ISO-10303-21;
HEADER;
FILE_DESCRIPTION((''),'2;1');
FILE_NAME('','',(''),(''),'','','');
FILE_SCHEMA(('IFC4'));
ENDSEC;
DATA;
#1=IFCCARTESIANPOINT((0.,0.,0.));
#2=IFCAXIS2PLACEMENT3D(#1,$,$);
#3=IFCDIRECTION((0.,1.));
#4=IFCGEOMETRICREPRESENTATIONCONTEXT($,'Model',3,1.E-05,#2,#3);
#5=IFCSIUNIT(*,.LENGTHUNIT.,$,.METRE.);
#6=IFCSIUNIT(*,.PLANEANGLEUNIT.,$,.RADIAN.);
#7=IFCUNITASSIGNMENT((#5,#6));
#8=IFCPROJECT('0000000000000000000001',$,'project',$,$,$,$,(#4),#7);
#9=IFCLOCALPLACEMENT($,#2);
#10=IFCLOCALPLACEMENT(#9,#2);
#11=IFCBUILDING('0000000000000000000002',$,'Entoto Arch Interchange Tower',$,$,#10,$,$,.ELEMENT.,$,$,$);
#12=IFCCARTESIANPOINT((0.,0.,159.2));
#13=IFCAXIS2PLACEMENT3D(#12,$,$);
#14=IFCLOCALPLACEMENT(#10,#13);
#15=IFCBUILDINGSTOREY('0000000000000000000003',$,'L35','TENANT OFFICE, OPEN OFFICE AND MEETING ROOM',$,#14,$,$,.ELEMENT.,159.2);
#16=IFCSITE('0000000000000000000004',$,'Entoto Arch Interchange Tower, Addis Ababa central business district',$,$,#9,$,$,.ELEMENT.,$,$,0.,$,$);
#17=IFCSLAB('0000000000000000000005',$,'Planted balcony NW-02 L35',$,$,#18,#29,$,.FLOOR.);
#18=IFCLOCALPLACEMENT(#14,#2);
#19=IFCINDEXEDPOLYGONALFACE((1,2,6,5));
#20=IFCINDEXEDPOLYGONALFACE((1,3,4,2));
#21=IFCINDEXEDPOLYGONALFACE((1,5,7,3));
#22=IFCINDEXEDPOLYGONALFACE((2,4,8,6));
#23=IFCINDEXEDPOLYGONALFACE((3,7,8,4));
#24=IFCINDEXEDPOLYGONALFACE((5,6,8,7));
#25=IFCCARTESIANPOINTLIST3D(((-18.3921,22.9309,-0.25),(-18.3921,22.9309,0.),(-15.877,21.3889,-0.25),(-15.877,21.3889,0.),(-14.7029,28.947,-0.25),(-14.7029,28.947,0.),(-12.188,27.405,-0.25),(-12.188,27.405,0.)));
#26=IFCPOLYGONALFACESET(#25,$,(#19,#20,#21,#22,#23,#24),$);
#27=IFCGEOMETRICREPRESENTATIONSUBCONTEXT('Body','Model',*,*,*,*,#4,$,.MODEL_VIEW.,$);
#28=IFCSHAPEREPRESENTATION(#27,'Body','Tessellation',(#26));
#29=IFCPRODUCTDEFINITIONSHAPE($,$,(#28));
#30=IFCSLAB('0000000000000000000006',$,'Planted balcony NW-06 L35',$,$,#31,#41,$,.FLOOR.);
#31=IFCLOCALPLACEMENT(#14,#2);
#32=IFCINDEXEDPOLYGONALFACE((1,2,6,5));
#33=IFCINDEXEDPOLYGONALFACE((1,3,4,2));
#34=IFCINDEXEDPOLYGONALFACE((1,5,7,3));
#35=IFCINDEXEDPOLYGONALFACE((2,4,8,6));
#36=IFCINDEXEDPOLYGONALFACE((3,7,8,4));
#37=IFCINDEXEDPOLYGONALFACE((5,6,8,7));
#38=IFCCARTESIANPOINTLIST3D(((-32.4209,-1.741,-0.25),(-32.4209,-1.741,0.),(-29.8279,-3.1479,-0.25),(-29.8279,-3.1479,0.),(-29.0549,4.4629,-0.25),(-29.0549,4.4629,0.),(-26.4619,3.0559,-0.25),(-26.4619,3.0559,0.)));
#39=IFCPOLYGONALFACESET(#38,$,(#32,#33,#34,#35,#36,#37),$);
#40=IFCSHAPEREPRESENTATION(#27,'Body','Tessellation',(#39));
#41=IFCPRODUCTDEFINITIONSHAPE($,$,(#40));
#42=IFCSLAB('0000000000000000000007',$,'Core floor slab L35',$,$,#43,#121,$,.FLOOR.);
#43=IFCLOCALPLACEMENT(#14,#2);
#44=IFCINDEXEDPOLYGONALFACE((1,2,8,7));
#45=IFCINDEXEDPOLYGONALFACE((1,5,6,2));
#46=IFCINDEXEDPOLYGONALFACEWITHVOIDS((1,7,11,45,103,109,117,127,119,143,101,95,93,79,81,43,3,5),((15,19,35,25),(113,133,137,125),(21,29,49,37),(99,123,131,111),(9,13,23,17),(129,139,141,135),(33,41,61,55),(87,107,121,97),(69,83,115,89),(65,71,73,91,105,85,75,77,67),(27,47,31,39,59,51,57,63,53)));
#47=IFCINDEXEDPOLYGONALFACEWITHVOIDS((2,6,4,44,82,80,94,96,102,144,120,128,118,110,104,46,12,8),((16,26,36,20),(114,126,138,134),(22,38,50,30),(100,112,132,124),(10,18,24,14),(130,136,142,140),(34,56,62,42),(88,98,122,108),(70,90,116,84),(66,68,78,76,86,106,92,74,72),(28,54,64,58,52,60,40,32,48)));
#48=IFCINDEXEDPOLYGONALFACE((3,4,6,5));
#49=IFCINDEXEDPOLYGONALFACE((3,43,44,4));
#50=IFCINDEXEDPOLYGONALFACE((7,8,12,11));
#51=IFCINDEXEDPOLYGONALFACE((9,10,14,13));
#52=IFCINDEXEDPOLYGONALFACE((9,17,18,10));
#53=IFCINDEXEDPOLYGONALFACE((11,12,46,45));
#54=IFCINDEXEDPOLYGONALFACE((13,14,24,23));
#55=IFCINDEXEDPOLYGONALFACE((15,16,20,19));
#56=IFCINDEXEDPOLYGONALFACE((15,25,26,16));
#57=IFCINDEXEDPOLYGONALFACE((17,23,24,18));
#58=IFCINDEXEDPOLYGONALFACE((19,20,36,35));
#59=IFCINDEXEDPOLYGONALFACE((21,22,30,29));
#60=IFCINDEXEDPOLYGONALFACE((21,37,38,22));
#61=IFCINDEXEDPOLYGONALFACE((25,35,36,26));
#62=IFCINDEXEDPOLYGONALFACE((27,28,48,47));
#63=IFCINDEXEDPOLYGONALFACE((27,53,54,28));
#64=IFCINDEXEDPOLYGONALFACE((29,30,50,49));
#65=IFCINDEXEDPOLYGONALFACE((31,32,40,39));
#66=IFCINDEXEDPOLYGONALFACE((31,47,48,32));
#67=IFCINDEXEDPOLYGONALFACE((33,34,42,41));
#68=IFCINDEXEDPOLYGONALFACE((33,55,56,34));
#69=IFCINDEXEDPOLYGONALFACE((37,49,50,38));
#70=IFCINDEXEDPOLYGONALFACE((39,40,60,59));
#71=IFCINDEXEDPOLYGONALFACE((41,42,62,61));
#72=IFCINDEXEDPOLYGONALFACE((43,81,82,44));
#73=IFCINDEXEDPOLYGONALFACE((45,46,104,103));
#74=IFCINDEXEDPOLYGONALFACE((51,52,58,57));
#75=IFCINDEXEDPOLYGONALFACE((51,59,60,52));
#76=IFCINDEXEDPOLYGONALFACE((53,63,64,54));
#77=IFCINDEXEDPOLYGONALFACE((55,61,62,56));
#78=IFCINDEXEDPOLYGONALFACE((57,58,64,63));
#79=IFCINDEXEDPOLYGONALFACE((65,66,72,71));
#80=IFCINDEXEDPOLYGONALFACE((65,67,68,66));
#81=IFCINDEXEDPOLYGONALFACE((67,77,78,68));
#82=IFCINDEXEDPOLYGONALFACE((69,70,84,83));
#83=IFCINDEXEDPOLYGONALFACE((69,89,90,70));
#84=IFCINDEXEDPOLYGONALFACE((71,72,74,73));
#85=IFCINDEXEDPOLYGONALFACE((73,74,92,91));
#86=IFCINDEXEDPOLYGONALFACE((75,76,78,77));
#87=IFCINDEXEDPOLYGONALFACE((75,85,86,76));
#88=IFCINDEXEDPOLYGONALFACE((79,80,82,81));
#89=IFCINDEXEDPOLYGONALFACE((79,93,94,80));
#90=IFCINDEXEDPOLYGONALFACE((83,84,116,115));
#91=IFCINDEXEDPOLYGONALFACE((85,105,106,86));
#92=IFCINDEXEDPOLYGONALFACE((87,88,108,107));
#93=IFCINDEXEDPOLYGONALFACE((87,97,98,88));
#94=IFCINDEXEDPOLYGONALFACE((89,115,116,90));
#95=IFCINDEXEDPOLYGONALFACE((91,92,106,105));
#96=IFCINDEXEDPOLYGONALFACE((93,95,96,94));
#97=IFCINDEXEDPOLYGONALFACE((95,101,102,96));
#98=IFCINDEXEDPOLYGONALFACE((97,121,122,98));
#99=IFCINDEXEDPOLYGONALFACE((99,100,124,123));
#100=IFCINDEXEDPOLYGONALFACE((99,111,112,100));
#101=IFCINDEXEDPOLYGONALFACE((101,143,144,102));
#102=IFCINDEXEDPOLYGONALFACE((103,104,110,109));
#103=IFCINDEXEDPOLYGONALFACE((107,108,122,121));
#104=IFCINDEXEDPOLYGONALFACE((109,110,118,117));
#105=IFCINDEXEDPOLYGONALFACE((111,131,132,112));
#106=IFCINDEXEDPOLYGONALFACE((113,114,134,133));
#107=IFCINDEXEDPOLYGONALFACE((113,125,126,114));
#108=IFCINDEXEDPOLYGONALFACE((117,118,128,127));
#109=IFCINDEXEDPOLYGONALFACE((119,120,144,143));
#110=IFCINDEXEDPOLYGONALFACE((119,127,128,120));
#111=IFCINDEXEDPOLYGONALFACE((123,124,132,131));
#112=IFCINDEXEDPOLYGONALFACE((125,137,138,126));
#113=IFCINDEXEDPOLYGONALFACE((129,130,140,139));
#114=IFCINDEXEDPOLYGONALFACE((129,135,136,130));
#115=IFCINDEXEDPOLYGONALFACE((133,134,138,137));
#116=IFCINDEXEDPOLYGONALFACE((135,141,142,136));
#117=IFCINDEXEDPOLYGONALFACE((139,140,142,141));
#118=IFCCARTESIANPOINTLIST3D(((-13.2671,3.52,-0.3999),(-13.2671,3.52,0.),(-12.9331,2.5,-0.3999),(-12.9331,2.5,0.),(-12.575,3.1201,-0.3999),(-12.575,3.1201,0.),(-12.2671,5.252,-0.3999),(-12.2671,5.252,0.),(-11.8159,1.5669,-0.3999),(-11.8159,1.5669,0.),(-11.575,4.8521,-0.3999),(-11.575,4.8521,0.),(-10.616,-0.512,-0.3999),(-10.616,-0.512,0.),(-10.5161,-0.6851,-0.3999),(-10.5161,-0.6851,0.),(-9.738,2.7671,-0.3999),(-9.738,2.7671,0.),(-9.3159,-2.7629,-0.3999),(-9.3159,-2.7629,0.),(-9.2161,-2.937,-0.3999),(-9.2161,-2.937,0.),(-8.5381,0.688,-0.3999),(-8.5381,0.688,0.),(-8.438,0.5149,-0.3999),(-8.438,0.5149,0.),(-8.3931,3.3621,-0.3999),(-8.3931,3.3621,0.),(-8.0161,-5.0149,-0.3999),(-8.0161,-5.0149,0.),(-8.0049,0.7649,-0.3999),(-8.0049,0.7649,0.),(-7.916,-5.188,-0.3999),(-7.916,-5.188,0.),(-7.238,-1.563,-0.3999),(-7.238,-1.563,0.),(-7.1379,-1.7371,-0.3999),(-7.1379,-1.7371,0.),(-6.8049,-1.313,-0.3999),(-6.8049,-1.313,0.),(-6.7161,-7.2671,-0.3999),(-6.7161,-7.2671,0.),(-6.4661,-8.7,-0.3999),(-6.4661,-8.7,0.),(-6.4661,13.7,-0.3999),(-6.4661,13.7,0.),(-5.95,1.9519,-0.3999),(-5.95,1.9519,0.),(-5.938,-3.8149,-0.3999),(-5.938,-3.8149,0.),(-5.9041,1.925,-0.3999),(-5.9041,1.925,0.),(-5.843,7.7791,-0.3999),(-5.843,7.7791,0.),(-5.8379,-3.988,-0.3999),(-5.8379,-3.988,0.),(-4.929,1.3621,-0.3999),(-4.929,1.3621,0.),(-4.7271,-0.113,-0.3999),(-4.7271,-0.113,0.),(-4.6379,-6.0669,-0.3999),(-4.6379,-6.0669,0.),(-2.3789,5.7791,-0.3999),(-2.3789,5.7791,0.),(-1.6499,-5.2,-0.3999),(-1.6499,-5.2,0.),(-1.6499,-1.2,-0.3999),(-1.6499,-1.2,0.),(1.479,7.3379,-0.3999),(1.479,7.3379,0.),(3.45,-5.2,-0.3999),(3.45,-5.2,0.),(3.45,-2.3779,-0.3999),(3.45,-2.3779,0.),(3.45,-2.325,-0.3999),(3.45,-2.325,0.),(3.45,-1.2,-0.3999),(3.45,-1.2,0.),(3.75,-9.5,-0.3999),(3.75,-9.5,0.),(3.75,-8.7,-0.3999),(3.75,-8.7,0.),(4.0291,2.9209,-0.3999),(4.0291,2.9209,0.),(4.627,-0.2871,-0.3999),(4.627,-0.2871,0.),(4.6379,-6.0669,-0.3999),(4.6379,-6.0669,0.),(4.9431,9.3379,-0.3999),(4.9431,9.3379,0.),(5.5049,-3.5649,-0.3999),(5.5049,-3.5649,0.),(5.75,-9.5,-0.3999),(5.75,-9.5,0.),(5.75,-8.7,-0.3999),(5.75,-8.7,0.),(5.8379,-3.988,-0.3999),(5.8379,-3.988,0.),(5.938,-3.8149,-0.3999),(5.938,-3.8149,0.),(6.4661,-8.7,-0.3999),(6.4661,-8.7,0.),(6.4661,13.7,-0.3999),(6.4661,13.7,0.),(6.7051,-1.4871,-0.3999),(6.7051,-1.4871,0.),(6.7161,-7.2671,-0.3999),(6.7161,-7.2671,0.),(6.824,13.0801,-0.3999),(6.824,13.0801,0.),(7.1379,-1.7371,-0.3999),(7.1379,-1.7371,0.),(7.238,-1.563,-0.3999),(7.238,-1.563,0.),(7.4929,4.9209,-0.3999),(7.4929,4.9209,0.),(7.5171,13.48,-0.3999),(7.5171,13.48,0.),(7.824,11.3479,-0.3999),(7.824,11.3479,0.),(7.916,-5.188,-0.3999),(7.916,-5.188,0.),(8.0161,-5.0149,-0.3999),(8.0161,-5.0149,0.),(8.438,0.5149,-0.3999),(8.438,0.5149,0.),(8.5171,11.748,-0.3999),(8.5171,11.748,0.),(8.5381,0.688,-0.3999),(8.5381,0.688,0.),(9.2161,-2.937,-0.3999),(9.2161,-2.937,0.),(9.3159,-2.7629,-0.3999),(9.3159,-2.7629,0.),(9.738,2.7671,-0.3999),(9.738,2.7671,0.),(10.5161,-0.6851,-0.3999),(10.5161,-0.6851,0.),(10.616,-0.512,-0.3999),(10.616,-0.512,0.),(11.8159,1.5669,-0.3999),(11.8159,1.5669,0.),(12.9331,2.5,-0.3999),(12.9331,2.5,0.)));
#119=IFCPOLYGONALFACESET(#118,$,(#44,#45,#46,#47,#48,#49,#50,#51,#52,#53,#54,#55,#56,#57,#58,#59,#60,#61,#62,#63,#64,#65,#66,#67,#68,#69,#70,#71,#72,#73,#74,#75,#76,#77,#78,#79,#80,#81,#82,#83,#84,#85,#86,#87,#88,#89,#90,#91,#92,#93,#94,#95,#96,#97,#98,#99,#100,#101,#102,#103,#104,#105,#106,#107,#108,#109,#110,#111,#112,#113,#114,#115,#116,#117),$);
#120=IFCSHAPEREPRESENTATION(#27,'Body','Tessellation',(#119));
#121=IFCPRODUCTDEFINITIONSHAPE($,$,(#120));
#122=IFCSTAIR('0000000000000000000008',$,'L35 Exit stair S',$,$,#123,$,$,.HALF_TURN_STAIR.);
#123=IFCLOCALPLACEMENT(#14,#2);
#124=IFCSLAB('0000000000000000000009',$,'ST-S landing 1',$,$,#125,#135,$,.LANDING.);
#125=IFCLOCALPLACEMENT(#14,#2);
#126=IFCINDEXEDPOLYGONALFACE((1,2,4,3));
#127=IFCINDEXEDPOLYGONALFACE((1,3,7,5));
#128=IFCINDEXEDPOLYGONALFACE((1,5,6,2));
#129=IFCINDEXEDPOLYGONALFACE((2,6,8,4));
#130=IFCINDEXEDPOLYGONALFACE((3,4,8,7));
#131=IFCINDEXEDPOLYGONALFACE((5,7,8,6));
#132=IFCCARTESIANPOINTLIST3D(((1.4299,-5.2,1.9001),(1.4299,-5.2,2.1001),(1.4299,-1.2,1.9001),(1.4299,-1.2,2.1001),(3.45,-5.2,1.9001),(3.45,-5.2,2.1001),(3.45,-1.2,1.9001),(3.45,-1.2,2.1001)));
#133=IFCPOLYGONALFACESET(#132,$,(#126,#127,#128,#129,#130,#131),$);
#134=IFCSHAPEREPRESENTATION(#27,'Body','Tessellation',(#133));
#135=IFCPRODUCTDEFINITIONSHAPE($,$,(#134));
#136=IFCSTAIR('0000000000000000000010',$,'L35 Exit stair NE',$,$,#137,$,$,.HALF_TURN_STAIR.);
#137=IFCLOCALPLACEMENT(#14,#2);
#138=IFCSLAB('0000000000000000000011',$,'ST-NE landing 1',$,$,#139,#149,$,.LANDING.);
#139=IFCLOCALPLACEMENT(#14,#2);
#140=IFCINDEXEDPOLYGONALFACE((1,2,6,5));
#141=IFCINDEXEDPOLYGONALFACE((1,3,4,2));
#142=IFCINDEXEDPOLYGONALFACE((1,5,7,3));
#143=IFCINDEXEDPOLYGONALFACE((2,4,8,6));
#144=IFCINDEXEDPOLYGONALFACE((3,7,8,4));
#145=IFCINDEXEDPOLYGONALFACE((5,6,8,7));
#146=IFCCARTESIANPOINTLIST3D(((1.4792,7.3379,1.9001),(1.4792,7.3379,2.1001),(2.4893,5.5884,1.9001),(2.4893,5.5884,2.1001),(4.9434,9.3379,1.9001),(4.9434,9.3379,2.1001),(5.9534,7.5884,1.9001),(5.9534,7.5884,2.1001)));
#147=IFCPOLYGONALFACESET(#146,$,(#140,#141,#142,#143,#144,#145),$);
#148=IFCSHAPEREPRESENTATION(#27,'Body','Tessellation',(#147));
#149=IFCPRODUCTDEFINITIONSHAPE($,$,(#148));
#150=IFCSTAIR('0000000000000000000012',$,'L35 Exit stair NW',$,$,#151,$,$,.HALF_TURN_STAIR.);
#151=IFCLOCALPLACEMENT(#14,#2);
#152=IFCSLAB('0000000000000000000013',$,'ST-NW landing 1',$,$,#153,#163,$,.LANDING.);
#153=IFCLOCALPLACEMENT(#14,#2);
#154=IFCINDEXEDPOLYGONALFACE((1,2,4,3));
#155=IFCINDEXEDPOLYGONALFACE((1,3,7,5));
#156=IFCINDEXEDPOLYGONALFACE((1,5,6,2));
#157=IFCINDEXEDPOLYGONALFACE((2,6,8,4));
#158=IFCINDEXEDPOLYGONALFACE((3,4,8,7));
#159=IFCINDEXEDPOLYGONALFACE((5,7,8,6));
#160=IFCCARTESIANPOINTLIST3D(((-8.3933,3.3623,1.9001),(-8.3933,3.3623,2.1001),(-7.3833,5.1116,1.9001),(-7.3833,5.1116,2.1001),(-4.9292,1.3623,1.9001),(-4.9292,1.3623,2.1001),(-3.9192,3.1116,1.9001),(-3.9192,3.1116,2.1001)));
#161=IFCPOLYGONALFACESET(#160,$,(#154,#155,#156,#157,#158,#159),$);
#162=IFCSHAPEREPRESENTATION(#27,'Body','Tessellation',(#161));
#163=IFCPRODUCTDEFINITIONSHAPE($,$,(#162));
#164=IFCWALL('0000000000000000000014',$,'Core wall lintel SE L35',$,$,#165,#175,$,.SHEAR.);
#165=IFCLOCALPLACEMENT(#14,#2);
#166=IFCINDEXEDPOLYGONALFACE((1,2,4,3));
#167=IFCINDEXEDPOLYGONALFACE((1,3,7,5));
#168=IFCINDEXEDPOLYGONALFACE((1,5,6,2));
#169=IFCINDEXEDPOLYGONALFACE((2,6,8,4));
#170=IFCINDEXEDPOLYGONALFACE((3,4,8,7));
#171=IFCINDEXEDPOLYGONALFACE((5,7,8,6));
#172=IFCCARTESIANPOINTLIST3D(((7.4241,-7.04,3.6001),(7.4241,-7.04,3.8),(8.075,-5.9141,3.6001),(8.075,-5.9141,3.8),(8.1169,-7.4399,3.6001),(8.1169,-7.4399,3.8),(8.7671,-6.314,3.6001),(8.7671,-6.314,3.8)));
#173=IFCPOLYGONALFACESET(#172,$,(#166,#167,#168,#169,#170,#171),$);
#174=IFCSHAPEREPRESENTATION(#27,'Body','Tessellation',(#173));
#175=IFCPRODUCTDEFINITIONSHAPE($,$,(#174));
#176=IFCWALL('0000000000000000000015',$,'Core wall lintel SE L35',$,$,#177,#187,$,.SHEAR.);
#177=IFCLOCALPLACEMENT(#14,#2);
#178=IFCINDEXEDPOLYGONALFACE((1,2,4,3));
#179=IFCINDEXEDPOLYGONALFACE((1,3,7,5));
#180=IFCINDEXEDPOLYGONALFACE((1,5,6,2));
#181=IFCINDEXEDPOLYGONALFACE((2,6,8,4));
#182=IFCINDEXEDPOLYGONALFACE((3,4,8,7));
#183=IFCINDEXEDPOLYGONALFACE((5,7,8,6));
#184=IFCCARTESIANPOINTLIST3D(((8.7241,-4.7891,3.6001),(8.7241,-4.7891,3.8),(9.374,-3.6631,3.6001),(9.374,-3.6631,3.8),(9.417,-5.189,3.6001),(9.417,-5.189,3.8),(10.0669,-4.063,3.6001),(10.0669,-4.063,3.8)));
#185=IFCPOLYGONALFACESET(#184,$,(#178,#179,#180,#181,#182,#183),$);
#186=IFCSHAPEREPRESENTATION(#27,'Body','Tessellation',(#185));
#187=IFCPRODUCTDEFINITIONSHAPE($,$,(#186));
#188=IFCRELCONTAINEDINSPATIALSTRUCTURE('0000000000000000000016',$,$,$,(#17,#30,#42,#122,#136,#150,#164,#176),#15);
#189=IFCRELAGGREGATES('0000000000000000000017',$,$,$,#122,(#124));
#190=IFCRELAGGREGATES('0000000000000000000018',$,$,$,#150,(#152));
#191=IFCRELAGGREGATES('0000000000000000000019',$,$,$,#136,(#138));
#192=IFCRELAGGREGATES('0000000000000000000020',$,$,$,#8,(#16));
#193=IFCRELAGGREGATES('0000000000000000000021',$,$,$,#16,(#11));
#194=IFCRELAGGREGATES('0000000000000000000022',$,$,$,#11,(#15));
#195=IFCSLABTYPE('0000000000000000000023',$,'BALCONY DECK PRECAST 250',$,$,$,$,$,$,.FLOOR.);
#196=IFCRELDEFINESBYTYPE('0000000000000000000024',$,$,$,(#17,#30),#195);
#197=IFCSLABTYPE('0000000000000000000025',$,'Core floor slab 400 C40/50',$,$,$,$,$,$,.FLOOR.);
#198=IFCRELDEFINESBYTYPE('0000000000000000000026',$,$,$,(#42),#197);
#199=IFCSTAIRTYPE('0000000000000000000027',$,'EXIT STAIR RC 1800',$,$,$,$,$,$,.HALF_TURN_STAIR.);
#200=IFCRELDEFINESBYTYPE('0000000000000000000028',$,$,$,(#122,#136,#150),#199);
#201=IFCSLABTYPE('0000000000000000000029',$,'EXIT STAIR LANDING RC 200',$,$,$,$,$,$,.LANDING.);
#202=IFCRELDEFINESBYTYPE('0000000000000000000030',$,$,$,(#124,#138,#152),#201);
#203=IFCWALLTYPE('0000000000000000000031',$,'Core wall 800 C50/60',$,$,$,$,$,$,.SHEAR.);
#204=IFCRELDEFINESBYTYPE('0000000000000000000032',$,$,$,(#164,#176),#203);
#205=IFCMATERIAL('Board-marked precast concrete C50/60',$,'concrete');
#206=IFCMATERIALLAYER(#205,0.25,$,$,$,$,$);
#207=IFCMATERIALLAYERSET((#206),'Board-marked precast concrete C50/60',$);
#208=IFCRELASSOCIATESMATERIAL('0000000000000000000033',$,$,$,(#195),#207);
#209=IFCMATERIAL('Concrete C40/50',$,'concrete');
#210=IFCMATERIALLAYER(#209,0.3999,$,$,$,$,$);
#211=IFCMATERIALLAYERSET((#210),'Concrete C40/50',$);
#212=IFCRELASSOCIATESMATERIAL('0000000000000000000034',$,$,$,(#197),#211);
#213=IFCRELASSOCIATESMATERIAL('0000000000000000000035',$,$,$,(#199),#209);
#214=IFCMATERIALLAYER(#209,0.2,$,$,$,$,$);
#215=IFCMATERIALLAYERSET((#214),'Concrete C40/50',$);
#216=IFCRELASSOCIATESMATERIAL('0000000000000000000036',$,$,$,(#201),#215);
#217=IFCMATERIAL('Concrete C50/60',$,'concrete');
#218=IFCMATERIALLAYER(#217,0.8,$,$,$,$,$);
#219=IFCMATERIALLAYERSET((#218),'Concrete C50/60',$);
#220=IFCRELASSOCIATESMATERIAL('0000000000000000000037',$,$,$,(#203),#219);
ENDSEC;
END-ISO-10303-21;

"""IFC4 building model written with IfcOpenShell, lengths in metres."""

from ifc_helpers import new_model, si_unit, direction, frame, origin, place, context, subcontext, project, spatial, polyline, outline, extrude, material, layer, layer_set, type_object, element, aggregate, save


model = new_model("IFC4")

# Units and contexts
model_context = context("Model", 3, precision=1e-05, world=origin(), true_north=direction((0.0, 1.0)))
body_context = subcontext(model_context, "Body", "Model", "MODEL_VIEW")
ifc_project = project(units=[si_unit("LENGTHUNIT", "METRE"), si_unit("PLANEANGLEUNIT", "RADIAN")], contexts=[model_context])

# Site, building, storey
site_placement = place(None, origin())
site = spatial("IfcSite", under=ifc_project, at=site_placement, Name="Entoto Arch Interchange Tower, Addis Ababa central business district", CompositionType="ELEMENT", RefElevation=0.0)
building_placement = place(site_placement, origin())
building = spatial("IfcBuilding", under=site, at=building_placement, Name="Entoto Arch Interchange Tower", CompositionType="ELEMENT")
storey_placement = place(building_placement, frame((0.0, 0.0, 159.2)))
storey = spatial("IfcBuildingStorey", under=building, at=storey_placement, Name="L35", Description="TENANT OFFICE, OPEN OFFICE AND MEETING ROOM", CompositionType="ELEMENT", Elevation=159.2)

# Slabs
ifc_material_1 = material(Name="Board-marked precast concrete C50/60", Category="concrete")
ifc_layer_1 = layer(ifc_material_1, 0.25)
ifc_layer_set_1 = layer_set([ifc_layer_1], Name="Board-marked precast concrete C50/60")
slab_type_1 = type_object("IfcSlabType", Name="BALCONY DECK PRECAST 250", PredefinedType="FLOOR", material=ifc_layer_set_1)
slab_1_placement = place(storey_placement, frame((0.0, 0.0, -0.25)))
element("IfcSlab", 1, at=slab_1_placement, inside=storey, type_object=slab_type_1, Name="Planted balcony NW-02 L35", PredefinedType="FLOOR", context=body_context, shape_type="SweptSolid", body=[
    extrude(outline(polyline([(-12.188, 27.405), (-15.877, 21.3889), (-18.3921, 22.9309), (-14.7029, 28.947), (-12.188, 27.405)])), origin(), (0.0, 0.0, 1.0), 0.25),
])
slab_2_placement = place(storey_placement, frame((0.0, 0.0, -0.25)))
element("IfcSlab", 2, at=slab_2_placement, inside=storey, type_object=slab_type_1, Name="Planted balcony NW-06 L35", PredefinedType="FLOOR", context=body_context, shape_type="SweptSolid", body=[
    extrude(outline(polyline([(-26.4619, 3.0559), (-29.8279, -3.1479), (-32.4209, -1.741), (-29.0549, 4.4629), (-26.4619, 3.0559)])), origin(), (0.0, 0.0, 1.0), 0.25),
])
ifc_material_2 = material(Name="Concrete C40/50", Category="concrete")
ifc_layer_2 = layer(ifc_material_2, 0.3999)
ifc_layer_set_2 = layer_set([ifc_layer_2], Name="Concrete C40/50")
slab_type_2 = type_object("IfcSlabType", Name="Core floor slab 400 C40/50", PredefinedType="FLOOR", material=ifc_layer_set_2)
slab_3_placement = place(storey_placement, frame((0.0, 0.0, -0.3999)))
element("IfcSlab", 3, at=slab_3_placement, inside=storey, type_object=slab_type_2, Name="Core floor slab L35", PredefinedType="FLOOR", context=body_context, shape_type="SweptSolid", body=[
    extrude(outline(polyline([(5.75, -9.5), (3.75, -9.5), (3.75, -8.7), (-6.4661, -8.7), (-12.9331, 2.5), (-12.575, 3.1201), (-13.2671, 3.52), (-12.2671, 5.252), (-11.575, 4.8521), (-6.4661, 13.7), (6.4661, 13.7), (6.824, 13.0801), (7.5171, 13.48), (8.5171, 11.748), (7.824, 11.3479), (12.9331, 2.5), (6.4661, -8.7), (5.75, -8.7), (5.75, -9.5)]), holes=[polyline([(-5.8379, -3.988), (-7.916, -5.188), (-6.7161, -7.2671), (-4.6379, -6.0669), (-5.8379, -3.988)]), polyline([(-5.938, -3.8149), (-7.1379, -1.7371), (-9.2161, -2.937), (-8.0161, -5.0149), (-5.938, -3.8149)]), polyline([(5.5049, -3.5649), (6.7051, -1.4871), (4.627, -0.2871), (3.45, -2.325), (3.45, -1.2), (-1.6499, -1.2), (-1.6499, -5.2), (3.45, -5.2), (3.45, -2.3779), (5.5049, -3.5649)]), polyline([(-8.438, 0.5149), (-10.5161, -0.6851), (-9.3159, -2.7629), (-7.238, -1.563), (-8.438, 0.5149)]), polyline([(-4.7271, -0.113), (-5.9041, 1.925), (-4.929, 1.3621), (-2.3789, 5.7791), (-5.843, 7.7791), (-8.3931, 3.3621), (-5.95, 1.9519), (-8.0049, 0.7649), (-6.8049, -1.313), (-4.7271, -0.113)]), polyline([(-8.5381, 0.688), (-9.738, 2.7671), (-11.8159, 1.5669), (-10.616, -0.512), (-8.5381, 0.688)]), polyline([(5.8379, -3.988), (4.6379, -6.0669), (6.7161, -7.2671), (7.916, -5.188), (5.8379, -3.988)]), polyline([(7.1379, -1.7371), (5.938, -3.8149), (8.0161, -5.0149), (9.2161, -2.937), (7.1379, -1.7371)]), polyline([(8.438, 0.5149), (7.238, -1.563), (9.3159, -2.7629), (10.5161, -0.6851), (8.438, 0.5149)]), polyline([(9.738, 2.7671), (8.5381, 0.688), (10.616, -0.512), (11.8159, 1.5669), (9.738, 2.7671)]), polyline([(4.0291, 2.9209), (7.4929, 4.9209), (4.9431, 9.3379), (1.479, 7.3379), (4.0291, 2.9209)])]), origin(), (0.0, 0.0, 1.0), 0.3999),
])

# Stairs, slabs
stair_type = type_object("IfcStairType", Name="EXIT STAIR RC 1800", PredefinedType="HALF_TURN_STAIR", material=ifc_material_2)
stair_1_placement = place(storey_placement, origin())
stair_1 = element("IfcStair", 4, at=stair_1_placement, inside=storey, type_object=stair_type, Name="L35 Exit stair S", PredefinedType="HALF_TURN_STAIR")
ifc_layer_3 = layer(ifc_material_2, 0.2)
ifc_layer_set_3 = layer_set([ifc_layer_3], Name="Concrete C40/50")
slab_type_3 = type_object("IfcSlabType", Name="EXIT STAIR LANDING RC 200", PredefinedType="LANDING", material=ifc_layer_set_3)
slab_4_placement = place(storey_placement, frame((0.0, 0.0, 1.9001)))
slab_4 = element("IfcSlab", 5, at=slab_4_placement, type_object=slab_type_3, Name="ST-S landing 1", PredefinedType="LANDING", context=body_context, shape_type="SweptSolid", body=[
    extrude(outline(polyline([(1.4299, -5.2), (3.45, -5.2), (3.45, -1.2), (1.4299, -1.2), (1.4299, -5.2)])), origin(), (0.0, 0.0, 1.0), 0.2),
])
aggregate(stair_1, [slab_4])
stair_2_placement = place(storey_placement, origin())
stair_2 = element("IfcStair", 6, at=stair_2_placement, inside=storey, type_object=stair_type, Name="L35 Exit stair NE", PredefinedType="HALF_TURN_STAIR")
slab_5_placement = place(storey_placement, frame((0.0, 0.0, 1.9001)))
slab_5 = element("IfcSlab", 7, at=slab_5_placement, type_object=slab_type_3, Name="ST-NE landing 1", PredefinedType="LANDING", context=body_context, shape_type="SweptSolid", body=[
    extrude(outline(polyline([(5.9534, 7.5884), (4.9434, 9.3379), (1.4792, 7.3379), (2.4893, 5.5884), (5.9534, 7.5884)])), origin(), (0.0, 0.0, 1.0), 0.2),
])
stair_3_placement = place(storey_placement, origin())
stair_3 = element("IfcStair", 8, at=stair_3_placement, inside=storey, type_object=stair_type, Name="L35 Exit stair NW", PredefinedType="HALF_TURN_STAIR")
slab_6_placement = place(storey_placement, frame((0.0, 0.0, 1.9001)))
slab_6 = element("IfcSlab", 9, at=slab_6_placement, type_object=slab_type_3, Name="ST-NW landing 1", PredefinedType="LANDING", context=body_context, shape_type="SweptSolid", body=[
    extrude(outline(polyline([(-7.3833, 5.1116), (-8.3933, 3.3623), (-4.9292, 1.3623), (-3.9192, 3.1116), (-7.3833, 5.1116)])), origin(), (0.0, 0.0, 1.0), 0.2),
])
aggregate(stair_3, [slab_6])

# Walls
ifc_material_3 = material(Name="Concrete C50/60", Category="concrete")
ifc_layer_4 = layer(ifc_material_3, 0.8)
ifc_layer_set_4 = layer_set([ifc_layer_4], Name="Concrete C50/60")
wall_type_1 = type_object("IfcWallType", Name="Core wall 800 C50/60", PredefinedType="SHEAR", material=ifc_layer_set_4)
wall_1_placement = place(storey_placement, frame((0.0, 0.0, 3.6001)))
element("IfcWall", 10, at=wall_1_placement, inside=storey, type_object=wall_type_1, Name="Core wall lintel SE L35", PredefinedType="SHEAR", context=body_context, shape_type="SweptSolid", body=[
    extrude(outline(polyline([(8.7671, -6.314), (8.075, -5.9141), (7.4241, -7.04), (8.1169, -7.4399), (8.7671, -6.314)])), origin(), (0.0, 0.0, 1.0), 0.2),
])
wall_2_placement = place(storey_placement, frame((0.0, 0.0, 3.6001)))
element("IfcWall", 11, at=wall_2_placement, inside=storey, type_object=wall_type_1, Name="Core wall lintel SE L35", PredefinedType="SHEAR", context=body_context, shape_type="SweptSolid", body=[
    extrude(outline(polyline([(10.0669, -4.063), (9.374, -3.6631), (8.7241, -4.7891), (9.417, -5.189), (10.0669, -4.063)])), origin(), (0.0, 0.0, 1.0), 0.2),
])

aggregate(stair_2, [slab_5])

save(model, "model.ifc")
